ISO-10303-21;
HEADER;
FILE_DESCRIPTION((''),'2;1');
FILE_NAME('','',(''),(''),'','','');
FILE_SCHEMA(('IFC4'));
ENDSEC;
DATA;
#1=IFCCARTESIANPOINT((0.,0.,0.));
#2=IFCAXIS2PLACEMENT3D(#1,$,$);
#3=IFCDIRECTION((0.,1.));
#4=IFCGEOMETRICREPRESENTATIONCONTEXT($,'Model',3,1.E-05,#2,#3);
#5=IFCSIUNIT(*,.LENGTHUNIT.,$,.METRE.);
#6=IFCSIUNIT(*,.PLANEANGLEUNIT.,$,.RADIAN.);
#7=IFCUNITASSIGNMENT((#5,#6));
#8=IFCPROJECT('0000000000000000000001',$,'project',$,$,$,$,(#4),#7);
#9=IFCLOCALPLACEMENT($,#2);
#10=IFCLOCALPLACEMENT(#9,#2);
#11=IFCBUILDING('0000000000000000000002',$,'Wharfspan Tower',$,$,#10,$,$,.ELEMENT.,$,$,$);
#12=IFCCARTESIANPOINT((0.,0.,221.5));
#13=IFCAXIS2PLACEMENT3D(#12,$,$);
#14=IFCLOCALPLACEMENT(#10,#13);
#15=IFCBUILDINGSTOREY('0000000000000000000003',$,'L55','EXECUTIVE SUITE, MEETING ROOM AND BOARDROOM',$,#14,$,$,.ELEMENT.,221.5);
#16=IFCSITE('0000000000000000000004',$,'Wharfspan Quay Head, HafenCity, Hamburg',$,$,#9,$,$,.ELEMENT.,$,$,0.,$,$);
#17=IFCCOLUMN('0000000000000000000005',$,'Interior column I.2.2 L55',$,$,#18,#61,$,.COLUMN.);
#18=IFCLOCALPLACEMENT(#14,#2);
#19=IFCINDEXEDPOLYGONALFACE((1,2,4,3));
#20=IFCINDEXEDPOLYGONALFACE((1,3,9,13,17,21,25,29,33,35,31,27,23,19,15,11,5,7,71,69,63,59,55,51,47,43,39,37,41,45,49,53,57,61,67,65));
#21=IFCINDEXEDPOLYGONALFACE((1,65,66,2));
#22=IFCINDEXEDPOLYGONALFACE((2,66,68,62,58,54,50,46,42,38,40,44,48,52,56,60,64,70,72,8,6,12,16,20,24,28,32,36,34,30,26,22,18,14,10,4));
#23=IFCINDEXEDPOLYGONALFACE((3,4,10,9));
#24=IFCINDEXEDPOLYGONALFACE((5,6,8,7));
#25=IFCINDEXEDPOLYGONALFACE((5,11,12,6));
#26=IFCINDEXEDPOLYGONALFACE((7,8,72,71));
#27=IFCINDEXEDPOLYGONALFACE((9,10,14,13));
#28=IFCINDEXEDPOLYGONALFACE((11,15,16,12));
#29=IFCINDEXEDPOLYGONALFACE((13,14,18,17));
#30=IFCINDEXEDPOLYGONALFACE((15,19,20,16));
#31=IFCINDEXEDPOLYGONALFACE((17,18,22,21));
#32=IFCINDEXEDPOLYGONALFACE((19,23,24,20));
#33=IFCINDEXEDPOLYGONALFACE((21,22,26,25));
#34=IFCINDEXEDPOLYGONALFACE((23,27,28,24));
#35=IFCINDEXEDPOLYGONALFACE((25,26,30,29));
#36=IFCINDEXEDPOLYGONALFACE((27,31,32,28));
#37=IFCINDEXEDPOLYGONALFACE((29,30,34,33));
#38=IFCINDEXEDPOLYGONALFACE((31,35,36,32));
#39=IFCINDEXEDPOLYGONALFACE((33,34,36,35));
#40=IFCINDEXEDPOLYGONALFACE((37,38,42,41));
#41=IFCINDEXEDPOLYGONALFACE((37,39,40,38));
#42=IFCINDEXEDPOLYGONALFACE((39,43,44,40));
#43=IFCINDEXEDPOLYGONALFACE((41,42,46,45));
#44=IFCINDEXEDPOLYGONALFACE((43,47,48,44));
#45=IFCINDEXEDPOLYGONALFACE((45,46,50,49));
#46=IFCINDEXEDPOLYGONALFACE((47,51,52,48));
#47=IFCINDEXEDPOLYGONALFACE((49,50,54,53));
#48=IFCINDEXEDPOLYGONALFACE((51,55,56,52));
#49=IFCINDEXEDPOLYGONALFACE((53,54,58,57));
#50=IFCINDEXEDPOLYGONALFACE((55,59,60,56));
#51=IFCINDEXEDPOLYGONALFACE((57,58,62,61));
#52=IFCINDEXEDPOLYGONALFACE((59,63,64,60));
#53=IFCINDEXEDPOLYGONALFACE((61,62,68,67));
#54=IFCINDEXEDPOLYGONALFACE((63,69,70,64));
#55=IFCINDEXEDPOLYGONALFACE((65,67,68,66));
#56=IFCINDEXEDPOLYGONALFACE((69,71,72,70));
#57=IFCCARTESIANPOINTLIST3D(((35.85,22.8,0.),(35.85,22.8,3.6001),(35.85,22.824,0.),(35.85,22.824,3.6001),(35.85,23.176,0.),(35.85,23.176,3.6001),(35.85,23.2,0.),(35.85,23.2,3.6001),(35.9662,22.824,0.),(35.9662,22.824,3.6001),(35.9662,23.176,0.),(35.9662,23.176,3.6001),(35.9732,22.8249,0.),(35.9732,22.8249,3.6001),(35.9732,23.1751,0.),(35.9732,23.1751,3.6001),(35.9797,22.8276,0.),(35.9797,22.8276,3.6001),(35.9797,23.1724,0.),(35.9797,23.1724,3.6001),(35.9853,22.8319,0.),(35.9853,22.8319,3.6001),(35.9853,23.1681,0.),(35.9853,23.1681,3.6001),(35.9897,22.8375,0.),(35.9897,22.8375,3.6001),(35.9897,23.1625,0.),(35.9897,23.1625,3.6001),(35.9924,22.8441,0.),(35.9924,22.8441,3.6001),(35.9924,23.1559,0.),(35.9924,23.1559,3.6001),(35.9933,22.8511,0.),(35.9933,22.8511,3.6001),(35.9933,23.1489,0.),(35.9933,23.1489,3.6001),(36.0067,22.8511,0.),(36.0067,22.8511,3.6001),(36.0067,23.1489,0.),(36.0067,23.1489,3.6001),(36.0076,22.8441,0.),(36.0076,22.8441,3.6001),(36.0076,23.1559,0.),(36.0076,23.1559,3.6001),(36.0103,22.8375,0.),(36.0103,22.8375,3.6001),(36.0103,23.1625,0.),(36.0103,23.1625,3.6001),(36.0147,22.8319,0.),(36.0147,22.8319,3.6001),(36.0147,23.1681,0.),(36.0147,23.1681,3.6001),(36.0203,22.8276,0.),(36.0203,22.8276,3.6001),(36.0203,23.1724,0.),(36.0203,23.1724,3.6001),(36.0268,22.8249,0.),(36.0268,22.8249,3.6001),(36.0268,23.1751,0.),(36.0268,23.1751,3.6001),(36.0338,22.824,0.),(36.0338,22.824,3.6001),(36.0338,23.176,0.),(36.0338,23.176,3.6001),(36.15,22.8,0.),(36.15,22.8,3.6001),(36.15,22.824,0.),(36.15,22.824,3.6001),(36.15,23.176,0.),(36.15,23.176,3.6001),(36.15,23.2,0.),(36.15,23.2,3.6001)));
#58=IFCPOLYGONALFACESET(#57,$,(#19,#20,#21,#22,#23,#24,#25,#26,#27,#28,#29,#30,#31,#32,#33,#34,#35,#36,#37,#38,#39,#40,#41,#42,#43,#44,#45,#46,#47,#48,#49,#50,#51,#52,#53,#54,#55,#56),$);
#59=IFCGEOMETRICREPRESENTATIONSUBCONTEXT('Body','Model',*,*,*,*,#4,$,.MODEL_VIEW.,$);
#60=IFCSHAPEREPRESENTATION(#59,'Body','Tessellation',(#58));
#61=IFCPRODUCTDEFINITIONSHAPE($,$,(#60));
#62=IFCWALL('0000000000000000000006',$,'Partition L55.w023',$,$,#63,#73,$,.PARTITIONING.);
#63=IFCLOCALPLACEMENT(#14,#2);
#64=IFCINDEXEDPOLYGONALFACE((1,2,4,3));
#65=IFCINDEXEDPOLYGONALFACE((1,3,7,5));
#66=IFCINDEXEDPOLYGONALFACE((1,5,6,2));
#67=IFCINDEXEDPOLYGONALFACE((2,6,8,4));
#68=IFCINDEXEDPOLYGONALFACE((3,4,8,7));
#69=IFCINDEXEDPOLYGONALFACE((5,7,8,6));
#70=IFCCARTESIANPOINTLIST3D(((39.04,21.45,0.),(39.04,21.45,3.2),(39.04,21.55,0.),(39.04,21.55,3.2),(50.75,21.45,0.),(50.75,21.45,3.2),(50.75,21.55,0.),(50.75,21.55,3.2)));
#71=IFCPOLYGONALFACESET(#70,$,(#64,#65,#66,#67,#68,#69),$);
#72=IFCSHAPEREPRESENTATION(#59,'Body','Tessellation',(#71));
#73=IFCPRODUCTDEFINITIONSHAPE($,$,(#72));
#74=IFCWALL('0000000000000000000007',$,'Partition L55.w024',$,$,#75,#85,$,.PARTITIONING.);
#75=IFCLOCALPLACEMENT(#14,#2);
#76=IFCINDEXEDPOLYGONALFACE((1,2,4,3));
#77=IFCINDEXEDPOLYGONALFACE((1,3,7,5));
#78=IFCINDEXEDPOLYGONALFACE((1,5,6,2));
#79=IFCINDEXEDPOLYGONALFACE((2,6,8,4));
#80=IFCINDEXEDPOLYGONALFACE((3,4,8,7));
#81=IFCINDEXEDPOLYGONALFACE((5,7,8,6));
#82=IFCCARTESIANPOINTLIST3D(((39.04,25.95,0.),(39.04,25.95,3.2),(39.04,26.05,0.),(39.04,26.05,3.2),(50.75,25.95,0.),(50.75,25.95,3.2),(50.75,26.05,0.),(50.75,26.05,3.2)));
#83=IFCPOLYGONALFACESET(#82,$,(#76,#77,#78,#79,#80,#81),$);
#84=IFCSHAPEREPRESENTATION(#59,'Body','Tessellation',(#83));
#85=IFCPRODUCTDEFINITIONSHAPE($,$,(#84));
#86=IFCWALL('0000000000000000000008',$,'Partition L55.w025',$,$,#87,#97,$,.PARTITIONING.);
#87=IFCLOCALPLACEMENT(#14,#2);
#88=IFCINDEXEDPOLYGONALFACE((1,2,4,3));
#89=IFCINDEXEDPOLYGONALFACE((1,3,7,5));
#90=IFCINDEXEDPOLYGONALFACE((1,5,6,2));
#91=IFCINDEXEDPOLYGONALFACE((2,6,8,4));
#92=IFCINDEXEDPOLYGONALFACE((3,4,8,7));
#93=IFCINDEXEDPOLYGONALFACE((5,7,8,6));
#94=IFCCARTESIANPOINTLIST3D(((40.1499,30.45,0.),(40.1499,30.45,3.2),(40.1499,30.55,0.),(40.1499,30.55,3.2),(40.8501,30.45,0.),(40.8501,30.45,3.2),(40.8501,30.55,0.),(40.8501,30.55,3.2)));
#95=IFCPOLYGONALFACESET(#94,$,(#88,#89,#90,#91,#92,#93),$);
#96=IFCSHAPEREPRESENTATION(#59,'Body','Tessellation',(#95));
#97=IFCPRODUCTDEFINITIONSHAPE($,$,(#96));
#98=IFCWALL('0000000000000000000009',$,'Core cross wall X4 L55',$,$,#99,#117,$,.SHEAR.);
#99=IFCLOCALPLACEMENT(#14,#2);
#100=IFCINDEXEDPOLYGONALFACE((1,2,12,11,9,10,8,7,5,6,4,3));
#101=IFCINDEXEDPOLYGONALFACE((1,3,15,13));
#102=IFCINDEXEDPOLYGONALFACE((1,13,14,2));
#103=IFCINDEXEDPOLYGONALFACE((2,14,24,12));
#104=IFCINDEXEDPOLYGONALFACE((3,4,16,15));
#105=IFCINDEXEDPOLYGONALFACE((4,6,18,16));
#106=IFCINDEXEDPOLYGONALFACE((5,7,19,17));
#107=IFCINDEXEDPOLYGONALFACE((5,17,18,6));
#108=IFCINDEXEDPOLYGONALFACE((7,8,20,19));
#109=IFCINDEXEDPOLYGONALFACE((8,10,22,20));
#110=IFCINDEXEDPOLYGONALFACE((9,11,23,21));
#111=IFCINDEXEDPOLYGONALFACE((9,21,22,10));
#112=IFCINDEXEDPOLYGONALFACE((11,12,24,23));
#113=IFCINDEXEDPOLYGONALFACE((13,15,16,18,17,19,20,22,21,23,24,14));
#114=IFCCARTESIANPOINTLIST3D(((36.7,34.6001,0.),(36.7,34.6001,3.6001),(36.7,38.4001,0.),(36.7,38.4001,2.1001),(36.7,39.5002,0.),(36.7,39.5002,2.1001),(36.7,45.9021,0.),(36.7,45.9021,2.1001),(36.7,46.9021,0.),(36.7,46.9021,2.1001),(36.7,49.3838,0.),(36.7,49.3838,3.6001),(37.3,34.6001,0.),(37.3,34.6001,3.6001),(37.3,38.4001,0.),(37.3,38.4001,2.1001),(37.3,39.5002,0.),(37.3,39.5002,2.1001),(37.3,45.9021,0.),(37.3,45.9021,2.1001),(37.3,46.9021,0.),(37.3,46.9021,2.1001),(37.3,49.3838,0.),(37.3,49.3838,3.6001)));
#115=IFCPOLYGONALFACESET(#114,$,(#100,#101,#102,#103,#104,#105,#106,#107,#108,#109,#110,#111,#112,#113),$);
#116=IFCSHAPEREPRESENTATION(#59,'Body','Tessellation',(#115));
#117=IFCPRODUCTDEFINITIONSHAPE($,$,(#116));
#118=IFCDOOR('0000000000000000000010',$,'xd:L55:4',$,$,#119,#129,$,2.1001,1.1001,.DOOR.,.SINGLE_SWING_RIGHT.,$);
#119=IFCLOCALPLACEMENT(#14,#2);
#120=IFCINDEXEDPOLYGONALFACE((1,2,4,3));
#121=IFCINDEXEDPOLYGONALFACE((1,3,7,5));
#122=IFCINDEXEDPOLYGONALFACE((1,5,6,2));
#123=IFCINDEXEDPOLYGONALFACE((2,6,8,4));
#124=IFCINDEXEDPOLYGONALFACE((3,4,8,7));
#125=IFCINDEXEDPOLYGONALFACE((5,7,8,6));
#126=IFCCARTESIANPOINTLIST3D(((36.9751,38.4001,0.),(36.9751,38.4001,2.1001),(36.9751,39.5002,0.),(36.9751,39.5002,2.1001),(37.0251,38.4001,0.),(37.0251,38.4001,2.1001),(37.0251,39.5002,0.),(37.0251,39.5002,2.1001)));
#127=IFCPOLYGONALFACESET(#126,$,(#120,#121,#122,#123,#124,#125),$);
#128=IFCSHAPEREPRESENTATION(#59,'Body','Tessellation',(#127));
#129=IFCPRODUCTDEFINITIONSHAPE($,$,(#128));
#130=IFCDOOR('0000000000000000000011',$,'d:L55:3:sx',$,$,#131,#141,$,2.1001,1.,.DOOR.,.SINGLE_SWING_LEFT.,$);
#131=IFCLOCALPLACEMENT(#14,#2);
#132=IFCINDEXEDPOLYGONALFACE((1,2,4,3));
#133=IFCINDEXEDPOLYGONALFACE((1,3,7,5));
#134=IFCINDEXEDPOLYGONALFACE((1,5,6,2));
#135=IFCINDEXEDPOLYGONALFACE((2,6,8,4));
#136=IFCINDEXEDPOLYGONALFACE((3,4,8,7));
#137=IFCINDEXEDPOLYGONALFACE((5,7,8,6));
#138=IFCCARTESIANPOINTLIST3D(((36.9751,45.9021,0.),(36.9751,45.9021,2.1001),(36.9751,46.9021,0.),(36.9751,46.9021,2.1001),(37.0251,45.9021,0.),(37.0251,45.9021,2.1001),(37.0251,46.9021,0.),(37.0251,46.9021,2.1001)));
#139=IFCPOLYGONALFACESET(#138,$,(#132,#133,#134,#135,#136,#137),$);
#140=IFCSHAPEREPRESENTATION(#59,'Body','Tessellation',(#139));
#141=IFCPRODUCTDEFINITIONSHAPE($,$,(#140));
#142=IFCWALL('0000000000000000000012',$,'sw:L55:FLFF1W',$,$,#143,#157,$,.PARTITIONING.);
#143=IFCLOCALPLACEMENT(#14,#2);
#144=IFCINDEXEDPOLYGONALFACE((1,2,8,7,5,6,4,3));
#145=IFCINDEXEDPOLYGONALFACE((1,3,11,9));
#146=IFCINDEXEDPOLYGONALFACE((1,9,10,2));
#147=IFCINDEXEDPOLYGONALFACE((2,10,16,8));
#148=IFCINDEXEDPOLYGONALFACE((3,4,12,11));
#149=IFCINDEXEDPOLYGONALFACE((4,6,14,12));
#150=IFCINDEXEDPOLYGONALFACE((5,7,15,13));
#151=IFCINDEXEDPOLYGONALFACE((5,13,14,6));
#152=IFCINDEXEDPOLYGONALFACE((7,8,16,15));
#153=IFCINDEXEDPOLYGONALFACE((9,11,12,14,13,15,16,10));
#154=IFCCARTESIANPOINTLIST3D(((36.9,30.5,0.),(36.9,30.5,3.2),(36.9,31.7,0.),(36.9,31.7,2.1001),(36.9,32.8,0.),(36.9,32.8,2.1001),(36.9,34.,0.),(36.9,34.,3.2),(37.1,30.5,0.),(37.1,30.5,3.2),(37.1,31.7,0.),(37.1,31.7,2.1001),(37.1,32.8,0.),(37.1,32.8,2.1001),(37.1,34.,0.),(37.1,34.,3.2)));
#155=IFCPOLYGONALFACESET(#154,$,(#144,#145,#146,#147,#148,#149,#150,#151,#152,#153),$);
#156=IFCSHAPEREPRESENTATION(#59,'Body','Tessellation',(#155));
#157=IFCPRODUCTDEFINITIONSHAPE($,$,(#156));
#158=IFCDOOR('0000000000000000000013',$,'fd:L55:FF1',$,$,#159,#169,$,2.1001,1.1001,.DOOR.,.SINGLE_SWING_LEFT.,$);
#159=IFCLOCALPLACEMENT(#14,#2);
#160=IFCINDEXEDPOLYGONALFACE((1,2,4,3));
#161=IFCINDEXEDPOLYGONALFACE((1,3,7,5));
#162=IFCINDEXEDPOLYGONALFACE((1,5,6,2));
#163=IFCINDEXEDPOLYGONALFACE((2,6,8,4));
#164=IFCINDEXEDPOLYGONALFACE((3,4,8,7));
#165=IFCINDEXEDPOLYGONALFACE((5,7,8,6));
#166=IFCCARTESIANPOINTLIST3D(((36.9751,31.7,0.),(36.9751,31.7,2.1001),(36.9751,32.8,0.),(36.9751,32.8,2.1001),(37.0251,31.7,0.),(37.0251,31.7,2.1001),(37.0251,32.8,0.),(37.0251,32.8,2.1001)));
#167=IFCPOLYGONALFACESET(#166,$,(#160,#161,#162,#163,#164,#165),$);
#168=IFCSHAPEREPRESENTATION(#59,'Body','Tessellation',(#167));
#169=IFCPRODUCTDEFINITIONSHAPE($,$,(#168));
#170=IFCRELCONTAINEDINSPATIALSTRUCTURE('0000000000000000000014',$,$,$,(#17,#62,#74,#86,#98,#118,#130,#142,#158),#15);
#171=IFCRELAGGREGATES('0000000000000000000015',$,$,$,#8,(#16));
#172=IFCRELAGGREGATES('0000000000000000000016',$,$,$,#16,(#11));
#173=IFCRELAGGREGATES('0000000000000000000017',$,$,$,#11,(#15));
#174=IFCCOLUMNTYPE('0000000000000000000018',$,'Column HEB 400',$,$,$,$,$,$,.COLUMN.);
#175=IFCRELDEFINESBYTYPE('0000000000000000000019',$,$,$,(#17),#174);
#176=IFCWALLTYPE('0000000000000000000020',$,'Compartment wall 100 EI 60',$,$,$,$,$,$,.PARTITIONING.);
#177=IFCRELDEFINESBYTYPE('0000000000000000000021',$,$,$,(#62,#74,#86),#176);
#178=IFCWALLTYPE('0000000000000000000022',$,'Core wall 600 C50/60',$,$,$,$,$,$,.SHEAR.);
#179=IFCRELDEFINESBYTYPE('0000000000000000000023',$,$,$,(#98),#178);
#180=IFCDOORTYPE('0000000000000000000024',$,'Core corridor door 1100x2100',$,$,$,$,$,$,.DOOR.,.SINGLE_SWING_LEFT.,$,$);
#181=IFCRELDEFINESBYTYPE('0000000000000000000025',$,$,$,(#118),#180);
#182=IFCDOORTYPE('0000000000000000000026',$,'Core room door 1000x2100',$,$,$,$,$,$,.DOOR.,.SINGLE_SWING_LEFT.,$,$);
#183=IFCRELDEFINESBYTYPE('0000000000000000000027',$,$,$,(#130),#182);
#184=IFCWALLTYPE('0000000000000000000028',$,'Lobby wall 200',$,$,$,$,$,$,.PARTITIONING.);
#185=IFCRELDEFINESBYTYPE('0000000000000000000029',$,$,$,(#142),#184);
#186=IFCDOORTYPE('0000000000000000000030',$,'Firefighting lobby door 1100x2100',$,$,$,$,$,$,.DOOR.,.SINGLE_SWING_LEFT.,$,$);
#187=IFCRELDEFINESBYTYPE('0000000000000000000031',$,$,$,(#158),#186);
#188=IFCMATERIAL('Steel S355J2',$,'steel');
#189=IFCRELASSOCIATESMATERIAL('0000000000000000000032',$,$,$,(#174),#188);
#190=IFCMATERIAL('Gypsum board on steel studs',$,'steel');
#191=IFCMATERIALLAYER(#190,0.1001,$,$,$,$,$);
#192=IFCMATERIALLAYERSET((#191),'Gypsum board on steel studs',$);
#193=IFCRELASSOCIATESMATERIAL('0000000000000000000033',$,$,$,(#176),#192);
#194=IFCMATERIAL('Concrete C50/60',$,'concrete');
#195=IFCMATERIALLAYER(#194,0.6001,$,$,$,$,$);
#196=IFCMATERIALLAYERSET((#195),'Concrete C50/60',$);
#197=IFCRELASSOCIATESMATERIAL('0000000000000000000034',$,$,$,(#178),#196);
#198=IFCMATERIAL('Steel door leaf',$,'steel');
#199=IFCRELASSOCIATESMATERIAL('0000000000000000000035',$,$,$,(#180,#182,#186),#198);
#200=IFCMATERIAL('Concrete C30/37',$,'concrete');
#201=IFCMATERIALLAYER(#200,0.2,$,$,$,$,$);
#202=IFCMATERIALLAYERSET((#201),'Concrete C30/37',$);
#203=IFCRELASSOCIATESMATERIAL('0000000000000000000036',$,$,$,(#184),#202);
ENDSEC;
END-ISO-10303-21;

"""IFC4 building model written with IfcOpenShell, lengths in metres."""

from ifc_helpers import new_model, si_unit, direction, frame, frame_2d, origin, origin_2d, place, context, subcontext, project, spatial, rectangle, i_section, extrude, material, layer, layer_set, material_profile, profile_set, type_object, element, fill, save


model = new_model("IFC4")

# Units and contexts
model_context = context("Model", 3, precision=1e-05, world=origin(), true_north=direction((0.0, 1.0)))
body_context = subcontext(model_context, "Body", "Model", "MODEL_VIEW")
ifc_project = project(units=[si_unit("LENGTHUNIT", "METRE"), si_unit("PLANEANGLEUNIT", "RADIAN")], contexts=[model_context])

# Site, building, storey
site_placement = place(None, origin())
site = spatial("IfcSite", under=ifc_project, at=site_placement, Name="Wharfspan Quay Head, HafenCity, Hamburg", CompositionType="ELEMENT", RefElevation=0.0)
building_placement = place(site_placement, origin())
building = spatial("IfcBuilding", under=site, at=building_placement, Name="Wharfspan Tower", CompositionType="ELEMENT")
storey_placement = place(building_placement, frame((0.0, 0.0, 221.5)))
storey = spatial("IfcBuildingStorey", under=building, at=storey_placement, Name="L55", Description="EXECUTIVE SUITE, MEETING ROOM AND BOARDROOM", CompositionType="ELEMENT", Elevation=221.5)

# Column
ifc_material_1 = material(Name="Steel S355J2", Category="steel")
ifc_material_profile = material_profile(ifc_material_1, i_section(OverallWidth=0.3, OverallDepth=0.3999, WebThickness=0.0134, FlangeThickness=0.0239, FilletRadius=0.0271, at=origin_2d()))
ifc_profile_set = profile_set([ifc_material_profile], Name="Steel S355J2")
column_type = type_object("IfcColumnType", Name="Column HEB 400", PredefinedType="COLUMN", material=ifc_profile_set)
column_placement = place(storey_placement, frame((36.0, 23.0, 0.0), z_axis=(0.0, 0.0, 1.0), x_axis=(1.0, 0.0, 0.0)))
element("IfcColumn", 1, at=column_placement, inside=storey, type_object=column_type, Name="Interior column I.2.2 L55", PredefinedType="COLUMN", context=body_context, shape_type="SweptSolid", body=[
    extrude(i_section(OverallWidth=0.3, OverallDepth=0.3999, WebThickness=0.0134, FlangeThickness=0.0239, FilletRadius=0.0271, at=origin_2d()), origin(), (0.0, 0.0, 1.0), 3.6001),
])

# Walls
ifc_material_2 = material(Name="Gypsum board on steel studs", Category="steel")
ifc_layer_1 = layer(ifc_material_2, 0.1001)
ifc_layer_set_1 = layer_set([ifc_layer_1], Name="Gypsum board on steel studs")
wall_type_1 = type_object("IfcWallType", Name="Compartment wall 100 EI 60", PredefinedType="PARTITIONING", material=ifc_layer_set_1)
for number, where, z_axis, x_axis, name in (
    (2, (39.04, 21.5, 0.0), (0.0, 0.0, 1.0), (1.0, 0.0, 0.0), "Partition L55.w023"),
    (3, (39.04, 26.0, 0.0), (0.0, 0.0, 1.0), (1.0, 0.0, 0.0), "Partition L55.w024"),
):
    element("IfcWall", number, at=place(storey_placement, frame(where, z_axis=z_axis, x_axis=x_axis)), inside=storey, type_object=wall_type_1, Name=name, PredefinedType="PARTITIONING", context=body_context, shape_type="SweptSolid", body=[
        extrude(rectangle(XDim=11.71, YDim=0.1001, at=frame_2d((5.855, 0.0))), origin(), (0.0, 0.0, 1.0), 3.2),
    ])
wall_1_placement = place(storey_placement, frame((40.1499, 30.5, 0.0), z_axis=(0.0, 0.0, 1.0), x_axis=(1.0, 0.0, 0.0)))
element("IfcWall", 4, at=wall_1_placement, inside=storey, type_object=wall_type_1, Name="Partition L55.w025", PredefinedType="PARTITIONING", context=body_context, shape_type="SweptSolid", body=[
    extrude(rectangle(XDim=0.7002, YDim=0.1001, at=frame_2d((0.3501, 0.0))), origin(), (0.0, 0.0, 1.0), 3.2),
])

# Wall, openings, doors
ifc_material_3 = material(Name="Concrete C50/60", Category="concrete")
ifc_layer_2 = layer(ifc_material_3, 0.6001)
ifc_layer_set_2 = layer_set([ifc_layer_2], Name="Concrete C50/60")
wall_type_2 = type_object("IfcWallType", Name="Core wall 600 C50/60", PredefinedType="SHEAR", material=ifc_layer_set_2)
wall_2_placement = place(storey_placement, frame((37.0, 34.6001, 0.0), z_axis=(0.0, 0.0, 1.0), x_axis=(0.0, 1.0, 0.0)))
wall_2 = element("IfcWall", 5, at=wall_2_placement, inside=storey, type_object=wall_type_2, Name="Core cross wall X4 L55", PredefinedType="SHEAR", context=body_context, shape_type="SweptSolid", body=[
    extrude(rectangle(XDim=14.7837, YDim=0.6001, at=frame_2d((7.3918, 0.0))), origin(), (0.0, 0.0, 1.0), 3.6001),
])
opening_1_placement = place(wall_2_placement, frame((11.302, 0.0, 0.0)))
opening_1 = element("IfcOpeningElement", 6, at=opening_1_placement, cuts=wall_2, PredefinedType="OPENING", context=body_context, shape_type="SweptSolid", body=[
    extrude(rectangle(XDim=1.0, YDim=2.1001, at=frame_2d((0.5, 1.05))), frame((0.0, 0.3101, 0.0), z_axis=(0.0, -1.0, 0.0), x_axis=(1.0, 0.0, 0.0)), (0.0, 0.0, 1.0), 0.6201),
])
opening_2_placement = place(wall_2_placement, frame((3.8, 0.0, 0.0)))
opening_2 = element("IfcOpeningElement", 7, at=opening_2_placement, cuts=wall_2, PredefinedType="OPENING", context=body_context, shape_type="SweptSolid", body=[
    extrude(rectangle(XDim=1.1001, YDim=2.1001, at=frame_2d((0.55, 1.05))), frame((0.0, 0.3101, 0.0), z_axis=(0.0, -1.0, 0.0), x_axis=(1.0, 0.0, 0.0)), (0.0, 0.0, 1.0), 0.6201),
])
ifc_material_4 = material(Name="Steel door leaf", Category="steel")
door_type_1 = type_object("IfcDoorType", Name="Core corridor door 1100x2100", OperationType="SINGLE_SWING_LEFT", PredefinedType="DOOR", material=ifc_material_4)
door_1_placement = place(opening_2_placement, origin())
door_1 = element("IfcDoor", 8, at=door_1_placement, inside=storey, type_object=door_type_1, Name="xd:L55:4", OperationType="SINGLE_SWING_RIGHT", OverallHeight=2.1001, OverallWidth=1.1001, PredefinedType="DOOR", context=body_context, shape_type="SweptSolid", body=[
    extrude(rectangle(XDim=1.1001, YDim=2.1001, at=frame_2d((0.55, 1.05))), frame((0.0, 0.0249, 0.0), z_axis=(0.0, -1.0, 0.0), x_axis=(1.0, 0.0, 0.0)), (0.0, 0.0, 1.0), 0.05),
])
fill(opening_2, door_1)
door_type_2 = type_object("IfcDoorType", Name="Core room door 1000x2100", OperationType="SINGLE_SWING_LEFT", PredefinedType="DOOR", material=ifc_material_4)
door_2_placement = place(opening_1_placement, origin())
door_2 = element("IfcDoor", 9, at=door_2_placement, inside=storey, type_object=door_type_2, Name="d:L55:3:sx", OperationType="SINGLE_SWING_LEFT", OverallHeight=2.1001, OverallWidth=1.0, PredefinedType="DOOR", context=body_context, shape_type="SweptSolid", body=[
    extrude(rectangle(XDim=1.0, YDim=2.1001, at=frame_2d((0.5, 1.05))), frame((0.0, 0.0249, 0.0), z_axis=(0.0, -1.0, 0.0), x_axis=(1.0, 0.0, 0.0)), (0.0, 0.0, 1.0), 0.05),
])
fill(opening_1, door_2)

# Wall, opening, door
ifc_material_5 = material(Name="Concrete C30/37", Category="concrete")
ifc_layer_3 = layer(ifc_material_5, 0.2)
ifc_layer_set_3 = layer_set([ifc_layer_3], Name="Concrete C30/37")
wall_type_3 = type_object("IfcWallType", Name="Lobby wall 200", PredefinedType="PARTITIONING", material=ifc_layer_set_3)
wall_3_placement = place(storey_placement, frame((37.0, 30.5, 0.0), z_axis=(0.0, 0.0, 1.0), x_axis=(0.0, 1.0, 0.0)))
wall_3 = element("IfcWall", 10, at=wall_3_placement, inside=storey, type_object=wall_type_3, Name="sw:L55:FLFF1W", PredefinedType="PARTITIONING", context=body_context, shape_type="SweptSolid", body=[
    extrude(rectangle(XDim=3.5, YDim=0.2, at=frame_2d((1.75, 0.0))), origin(), (0.0, 0.0, 1.0), 3.2),
])
opening_3_placement = place(wall_3_placement, frame((1.2, 0.0, 0.0)))
opening_3 = element("IfcOpeningElement", 11, at=opening_3_placement, cuts=wall_3, PredefinedType="OPENING", context=body_context, shape_type="SweptSolid", body=[
    extrude(rectangle(XDim=1.1001, YDim=2.1001, at=frame_2d((0.55, 1.05))), frame((0.0, 0.1099, 0.0), z_axis=(0.0, -1.0, 0.0), x_axis=(1.0, 0.0, 0.0)), (0.0, 0.0, 1.0), 0.22),
])
door_type_3 = type_object("IfcDoorType", Name="Firefighting lobby door 1100x2100", OperationType="SINGLE_SWING_LEFT", PredefinedType="DOOR", material=ifc_material_4)
door_3_placement = place(opening_3_placement, origin())
door_3 = element("IfcDoor", 12, at=door_3_placement, inside=storey, type_object=door_type_3, Name="fd:L55:FF1", OperationType="SINGLE_SWING_LEFT", OverallHeight=2.1001, OverallWidth=1.1001, PredefinedType="DOOR", context=body_context, shape_type="SweptSolid", body=[
    extrude(rectangle(XDim=1.1001, YDim=2.1001, at=frame_2d((0.55, 1.05))), frame((0.0, 0.0249, 0.0), z_axis=(0.0, -1.0, 0.0), x_axis=(1.0, 0.0, 0.0)), (0.0, 0.0, 1.0), 0.05),
])
fill(opening_3, door_3)

save(model, "model.ifc")
